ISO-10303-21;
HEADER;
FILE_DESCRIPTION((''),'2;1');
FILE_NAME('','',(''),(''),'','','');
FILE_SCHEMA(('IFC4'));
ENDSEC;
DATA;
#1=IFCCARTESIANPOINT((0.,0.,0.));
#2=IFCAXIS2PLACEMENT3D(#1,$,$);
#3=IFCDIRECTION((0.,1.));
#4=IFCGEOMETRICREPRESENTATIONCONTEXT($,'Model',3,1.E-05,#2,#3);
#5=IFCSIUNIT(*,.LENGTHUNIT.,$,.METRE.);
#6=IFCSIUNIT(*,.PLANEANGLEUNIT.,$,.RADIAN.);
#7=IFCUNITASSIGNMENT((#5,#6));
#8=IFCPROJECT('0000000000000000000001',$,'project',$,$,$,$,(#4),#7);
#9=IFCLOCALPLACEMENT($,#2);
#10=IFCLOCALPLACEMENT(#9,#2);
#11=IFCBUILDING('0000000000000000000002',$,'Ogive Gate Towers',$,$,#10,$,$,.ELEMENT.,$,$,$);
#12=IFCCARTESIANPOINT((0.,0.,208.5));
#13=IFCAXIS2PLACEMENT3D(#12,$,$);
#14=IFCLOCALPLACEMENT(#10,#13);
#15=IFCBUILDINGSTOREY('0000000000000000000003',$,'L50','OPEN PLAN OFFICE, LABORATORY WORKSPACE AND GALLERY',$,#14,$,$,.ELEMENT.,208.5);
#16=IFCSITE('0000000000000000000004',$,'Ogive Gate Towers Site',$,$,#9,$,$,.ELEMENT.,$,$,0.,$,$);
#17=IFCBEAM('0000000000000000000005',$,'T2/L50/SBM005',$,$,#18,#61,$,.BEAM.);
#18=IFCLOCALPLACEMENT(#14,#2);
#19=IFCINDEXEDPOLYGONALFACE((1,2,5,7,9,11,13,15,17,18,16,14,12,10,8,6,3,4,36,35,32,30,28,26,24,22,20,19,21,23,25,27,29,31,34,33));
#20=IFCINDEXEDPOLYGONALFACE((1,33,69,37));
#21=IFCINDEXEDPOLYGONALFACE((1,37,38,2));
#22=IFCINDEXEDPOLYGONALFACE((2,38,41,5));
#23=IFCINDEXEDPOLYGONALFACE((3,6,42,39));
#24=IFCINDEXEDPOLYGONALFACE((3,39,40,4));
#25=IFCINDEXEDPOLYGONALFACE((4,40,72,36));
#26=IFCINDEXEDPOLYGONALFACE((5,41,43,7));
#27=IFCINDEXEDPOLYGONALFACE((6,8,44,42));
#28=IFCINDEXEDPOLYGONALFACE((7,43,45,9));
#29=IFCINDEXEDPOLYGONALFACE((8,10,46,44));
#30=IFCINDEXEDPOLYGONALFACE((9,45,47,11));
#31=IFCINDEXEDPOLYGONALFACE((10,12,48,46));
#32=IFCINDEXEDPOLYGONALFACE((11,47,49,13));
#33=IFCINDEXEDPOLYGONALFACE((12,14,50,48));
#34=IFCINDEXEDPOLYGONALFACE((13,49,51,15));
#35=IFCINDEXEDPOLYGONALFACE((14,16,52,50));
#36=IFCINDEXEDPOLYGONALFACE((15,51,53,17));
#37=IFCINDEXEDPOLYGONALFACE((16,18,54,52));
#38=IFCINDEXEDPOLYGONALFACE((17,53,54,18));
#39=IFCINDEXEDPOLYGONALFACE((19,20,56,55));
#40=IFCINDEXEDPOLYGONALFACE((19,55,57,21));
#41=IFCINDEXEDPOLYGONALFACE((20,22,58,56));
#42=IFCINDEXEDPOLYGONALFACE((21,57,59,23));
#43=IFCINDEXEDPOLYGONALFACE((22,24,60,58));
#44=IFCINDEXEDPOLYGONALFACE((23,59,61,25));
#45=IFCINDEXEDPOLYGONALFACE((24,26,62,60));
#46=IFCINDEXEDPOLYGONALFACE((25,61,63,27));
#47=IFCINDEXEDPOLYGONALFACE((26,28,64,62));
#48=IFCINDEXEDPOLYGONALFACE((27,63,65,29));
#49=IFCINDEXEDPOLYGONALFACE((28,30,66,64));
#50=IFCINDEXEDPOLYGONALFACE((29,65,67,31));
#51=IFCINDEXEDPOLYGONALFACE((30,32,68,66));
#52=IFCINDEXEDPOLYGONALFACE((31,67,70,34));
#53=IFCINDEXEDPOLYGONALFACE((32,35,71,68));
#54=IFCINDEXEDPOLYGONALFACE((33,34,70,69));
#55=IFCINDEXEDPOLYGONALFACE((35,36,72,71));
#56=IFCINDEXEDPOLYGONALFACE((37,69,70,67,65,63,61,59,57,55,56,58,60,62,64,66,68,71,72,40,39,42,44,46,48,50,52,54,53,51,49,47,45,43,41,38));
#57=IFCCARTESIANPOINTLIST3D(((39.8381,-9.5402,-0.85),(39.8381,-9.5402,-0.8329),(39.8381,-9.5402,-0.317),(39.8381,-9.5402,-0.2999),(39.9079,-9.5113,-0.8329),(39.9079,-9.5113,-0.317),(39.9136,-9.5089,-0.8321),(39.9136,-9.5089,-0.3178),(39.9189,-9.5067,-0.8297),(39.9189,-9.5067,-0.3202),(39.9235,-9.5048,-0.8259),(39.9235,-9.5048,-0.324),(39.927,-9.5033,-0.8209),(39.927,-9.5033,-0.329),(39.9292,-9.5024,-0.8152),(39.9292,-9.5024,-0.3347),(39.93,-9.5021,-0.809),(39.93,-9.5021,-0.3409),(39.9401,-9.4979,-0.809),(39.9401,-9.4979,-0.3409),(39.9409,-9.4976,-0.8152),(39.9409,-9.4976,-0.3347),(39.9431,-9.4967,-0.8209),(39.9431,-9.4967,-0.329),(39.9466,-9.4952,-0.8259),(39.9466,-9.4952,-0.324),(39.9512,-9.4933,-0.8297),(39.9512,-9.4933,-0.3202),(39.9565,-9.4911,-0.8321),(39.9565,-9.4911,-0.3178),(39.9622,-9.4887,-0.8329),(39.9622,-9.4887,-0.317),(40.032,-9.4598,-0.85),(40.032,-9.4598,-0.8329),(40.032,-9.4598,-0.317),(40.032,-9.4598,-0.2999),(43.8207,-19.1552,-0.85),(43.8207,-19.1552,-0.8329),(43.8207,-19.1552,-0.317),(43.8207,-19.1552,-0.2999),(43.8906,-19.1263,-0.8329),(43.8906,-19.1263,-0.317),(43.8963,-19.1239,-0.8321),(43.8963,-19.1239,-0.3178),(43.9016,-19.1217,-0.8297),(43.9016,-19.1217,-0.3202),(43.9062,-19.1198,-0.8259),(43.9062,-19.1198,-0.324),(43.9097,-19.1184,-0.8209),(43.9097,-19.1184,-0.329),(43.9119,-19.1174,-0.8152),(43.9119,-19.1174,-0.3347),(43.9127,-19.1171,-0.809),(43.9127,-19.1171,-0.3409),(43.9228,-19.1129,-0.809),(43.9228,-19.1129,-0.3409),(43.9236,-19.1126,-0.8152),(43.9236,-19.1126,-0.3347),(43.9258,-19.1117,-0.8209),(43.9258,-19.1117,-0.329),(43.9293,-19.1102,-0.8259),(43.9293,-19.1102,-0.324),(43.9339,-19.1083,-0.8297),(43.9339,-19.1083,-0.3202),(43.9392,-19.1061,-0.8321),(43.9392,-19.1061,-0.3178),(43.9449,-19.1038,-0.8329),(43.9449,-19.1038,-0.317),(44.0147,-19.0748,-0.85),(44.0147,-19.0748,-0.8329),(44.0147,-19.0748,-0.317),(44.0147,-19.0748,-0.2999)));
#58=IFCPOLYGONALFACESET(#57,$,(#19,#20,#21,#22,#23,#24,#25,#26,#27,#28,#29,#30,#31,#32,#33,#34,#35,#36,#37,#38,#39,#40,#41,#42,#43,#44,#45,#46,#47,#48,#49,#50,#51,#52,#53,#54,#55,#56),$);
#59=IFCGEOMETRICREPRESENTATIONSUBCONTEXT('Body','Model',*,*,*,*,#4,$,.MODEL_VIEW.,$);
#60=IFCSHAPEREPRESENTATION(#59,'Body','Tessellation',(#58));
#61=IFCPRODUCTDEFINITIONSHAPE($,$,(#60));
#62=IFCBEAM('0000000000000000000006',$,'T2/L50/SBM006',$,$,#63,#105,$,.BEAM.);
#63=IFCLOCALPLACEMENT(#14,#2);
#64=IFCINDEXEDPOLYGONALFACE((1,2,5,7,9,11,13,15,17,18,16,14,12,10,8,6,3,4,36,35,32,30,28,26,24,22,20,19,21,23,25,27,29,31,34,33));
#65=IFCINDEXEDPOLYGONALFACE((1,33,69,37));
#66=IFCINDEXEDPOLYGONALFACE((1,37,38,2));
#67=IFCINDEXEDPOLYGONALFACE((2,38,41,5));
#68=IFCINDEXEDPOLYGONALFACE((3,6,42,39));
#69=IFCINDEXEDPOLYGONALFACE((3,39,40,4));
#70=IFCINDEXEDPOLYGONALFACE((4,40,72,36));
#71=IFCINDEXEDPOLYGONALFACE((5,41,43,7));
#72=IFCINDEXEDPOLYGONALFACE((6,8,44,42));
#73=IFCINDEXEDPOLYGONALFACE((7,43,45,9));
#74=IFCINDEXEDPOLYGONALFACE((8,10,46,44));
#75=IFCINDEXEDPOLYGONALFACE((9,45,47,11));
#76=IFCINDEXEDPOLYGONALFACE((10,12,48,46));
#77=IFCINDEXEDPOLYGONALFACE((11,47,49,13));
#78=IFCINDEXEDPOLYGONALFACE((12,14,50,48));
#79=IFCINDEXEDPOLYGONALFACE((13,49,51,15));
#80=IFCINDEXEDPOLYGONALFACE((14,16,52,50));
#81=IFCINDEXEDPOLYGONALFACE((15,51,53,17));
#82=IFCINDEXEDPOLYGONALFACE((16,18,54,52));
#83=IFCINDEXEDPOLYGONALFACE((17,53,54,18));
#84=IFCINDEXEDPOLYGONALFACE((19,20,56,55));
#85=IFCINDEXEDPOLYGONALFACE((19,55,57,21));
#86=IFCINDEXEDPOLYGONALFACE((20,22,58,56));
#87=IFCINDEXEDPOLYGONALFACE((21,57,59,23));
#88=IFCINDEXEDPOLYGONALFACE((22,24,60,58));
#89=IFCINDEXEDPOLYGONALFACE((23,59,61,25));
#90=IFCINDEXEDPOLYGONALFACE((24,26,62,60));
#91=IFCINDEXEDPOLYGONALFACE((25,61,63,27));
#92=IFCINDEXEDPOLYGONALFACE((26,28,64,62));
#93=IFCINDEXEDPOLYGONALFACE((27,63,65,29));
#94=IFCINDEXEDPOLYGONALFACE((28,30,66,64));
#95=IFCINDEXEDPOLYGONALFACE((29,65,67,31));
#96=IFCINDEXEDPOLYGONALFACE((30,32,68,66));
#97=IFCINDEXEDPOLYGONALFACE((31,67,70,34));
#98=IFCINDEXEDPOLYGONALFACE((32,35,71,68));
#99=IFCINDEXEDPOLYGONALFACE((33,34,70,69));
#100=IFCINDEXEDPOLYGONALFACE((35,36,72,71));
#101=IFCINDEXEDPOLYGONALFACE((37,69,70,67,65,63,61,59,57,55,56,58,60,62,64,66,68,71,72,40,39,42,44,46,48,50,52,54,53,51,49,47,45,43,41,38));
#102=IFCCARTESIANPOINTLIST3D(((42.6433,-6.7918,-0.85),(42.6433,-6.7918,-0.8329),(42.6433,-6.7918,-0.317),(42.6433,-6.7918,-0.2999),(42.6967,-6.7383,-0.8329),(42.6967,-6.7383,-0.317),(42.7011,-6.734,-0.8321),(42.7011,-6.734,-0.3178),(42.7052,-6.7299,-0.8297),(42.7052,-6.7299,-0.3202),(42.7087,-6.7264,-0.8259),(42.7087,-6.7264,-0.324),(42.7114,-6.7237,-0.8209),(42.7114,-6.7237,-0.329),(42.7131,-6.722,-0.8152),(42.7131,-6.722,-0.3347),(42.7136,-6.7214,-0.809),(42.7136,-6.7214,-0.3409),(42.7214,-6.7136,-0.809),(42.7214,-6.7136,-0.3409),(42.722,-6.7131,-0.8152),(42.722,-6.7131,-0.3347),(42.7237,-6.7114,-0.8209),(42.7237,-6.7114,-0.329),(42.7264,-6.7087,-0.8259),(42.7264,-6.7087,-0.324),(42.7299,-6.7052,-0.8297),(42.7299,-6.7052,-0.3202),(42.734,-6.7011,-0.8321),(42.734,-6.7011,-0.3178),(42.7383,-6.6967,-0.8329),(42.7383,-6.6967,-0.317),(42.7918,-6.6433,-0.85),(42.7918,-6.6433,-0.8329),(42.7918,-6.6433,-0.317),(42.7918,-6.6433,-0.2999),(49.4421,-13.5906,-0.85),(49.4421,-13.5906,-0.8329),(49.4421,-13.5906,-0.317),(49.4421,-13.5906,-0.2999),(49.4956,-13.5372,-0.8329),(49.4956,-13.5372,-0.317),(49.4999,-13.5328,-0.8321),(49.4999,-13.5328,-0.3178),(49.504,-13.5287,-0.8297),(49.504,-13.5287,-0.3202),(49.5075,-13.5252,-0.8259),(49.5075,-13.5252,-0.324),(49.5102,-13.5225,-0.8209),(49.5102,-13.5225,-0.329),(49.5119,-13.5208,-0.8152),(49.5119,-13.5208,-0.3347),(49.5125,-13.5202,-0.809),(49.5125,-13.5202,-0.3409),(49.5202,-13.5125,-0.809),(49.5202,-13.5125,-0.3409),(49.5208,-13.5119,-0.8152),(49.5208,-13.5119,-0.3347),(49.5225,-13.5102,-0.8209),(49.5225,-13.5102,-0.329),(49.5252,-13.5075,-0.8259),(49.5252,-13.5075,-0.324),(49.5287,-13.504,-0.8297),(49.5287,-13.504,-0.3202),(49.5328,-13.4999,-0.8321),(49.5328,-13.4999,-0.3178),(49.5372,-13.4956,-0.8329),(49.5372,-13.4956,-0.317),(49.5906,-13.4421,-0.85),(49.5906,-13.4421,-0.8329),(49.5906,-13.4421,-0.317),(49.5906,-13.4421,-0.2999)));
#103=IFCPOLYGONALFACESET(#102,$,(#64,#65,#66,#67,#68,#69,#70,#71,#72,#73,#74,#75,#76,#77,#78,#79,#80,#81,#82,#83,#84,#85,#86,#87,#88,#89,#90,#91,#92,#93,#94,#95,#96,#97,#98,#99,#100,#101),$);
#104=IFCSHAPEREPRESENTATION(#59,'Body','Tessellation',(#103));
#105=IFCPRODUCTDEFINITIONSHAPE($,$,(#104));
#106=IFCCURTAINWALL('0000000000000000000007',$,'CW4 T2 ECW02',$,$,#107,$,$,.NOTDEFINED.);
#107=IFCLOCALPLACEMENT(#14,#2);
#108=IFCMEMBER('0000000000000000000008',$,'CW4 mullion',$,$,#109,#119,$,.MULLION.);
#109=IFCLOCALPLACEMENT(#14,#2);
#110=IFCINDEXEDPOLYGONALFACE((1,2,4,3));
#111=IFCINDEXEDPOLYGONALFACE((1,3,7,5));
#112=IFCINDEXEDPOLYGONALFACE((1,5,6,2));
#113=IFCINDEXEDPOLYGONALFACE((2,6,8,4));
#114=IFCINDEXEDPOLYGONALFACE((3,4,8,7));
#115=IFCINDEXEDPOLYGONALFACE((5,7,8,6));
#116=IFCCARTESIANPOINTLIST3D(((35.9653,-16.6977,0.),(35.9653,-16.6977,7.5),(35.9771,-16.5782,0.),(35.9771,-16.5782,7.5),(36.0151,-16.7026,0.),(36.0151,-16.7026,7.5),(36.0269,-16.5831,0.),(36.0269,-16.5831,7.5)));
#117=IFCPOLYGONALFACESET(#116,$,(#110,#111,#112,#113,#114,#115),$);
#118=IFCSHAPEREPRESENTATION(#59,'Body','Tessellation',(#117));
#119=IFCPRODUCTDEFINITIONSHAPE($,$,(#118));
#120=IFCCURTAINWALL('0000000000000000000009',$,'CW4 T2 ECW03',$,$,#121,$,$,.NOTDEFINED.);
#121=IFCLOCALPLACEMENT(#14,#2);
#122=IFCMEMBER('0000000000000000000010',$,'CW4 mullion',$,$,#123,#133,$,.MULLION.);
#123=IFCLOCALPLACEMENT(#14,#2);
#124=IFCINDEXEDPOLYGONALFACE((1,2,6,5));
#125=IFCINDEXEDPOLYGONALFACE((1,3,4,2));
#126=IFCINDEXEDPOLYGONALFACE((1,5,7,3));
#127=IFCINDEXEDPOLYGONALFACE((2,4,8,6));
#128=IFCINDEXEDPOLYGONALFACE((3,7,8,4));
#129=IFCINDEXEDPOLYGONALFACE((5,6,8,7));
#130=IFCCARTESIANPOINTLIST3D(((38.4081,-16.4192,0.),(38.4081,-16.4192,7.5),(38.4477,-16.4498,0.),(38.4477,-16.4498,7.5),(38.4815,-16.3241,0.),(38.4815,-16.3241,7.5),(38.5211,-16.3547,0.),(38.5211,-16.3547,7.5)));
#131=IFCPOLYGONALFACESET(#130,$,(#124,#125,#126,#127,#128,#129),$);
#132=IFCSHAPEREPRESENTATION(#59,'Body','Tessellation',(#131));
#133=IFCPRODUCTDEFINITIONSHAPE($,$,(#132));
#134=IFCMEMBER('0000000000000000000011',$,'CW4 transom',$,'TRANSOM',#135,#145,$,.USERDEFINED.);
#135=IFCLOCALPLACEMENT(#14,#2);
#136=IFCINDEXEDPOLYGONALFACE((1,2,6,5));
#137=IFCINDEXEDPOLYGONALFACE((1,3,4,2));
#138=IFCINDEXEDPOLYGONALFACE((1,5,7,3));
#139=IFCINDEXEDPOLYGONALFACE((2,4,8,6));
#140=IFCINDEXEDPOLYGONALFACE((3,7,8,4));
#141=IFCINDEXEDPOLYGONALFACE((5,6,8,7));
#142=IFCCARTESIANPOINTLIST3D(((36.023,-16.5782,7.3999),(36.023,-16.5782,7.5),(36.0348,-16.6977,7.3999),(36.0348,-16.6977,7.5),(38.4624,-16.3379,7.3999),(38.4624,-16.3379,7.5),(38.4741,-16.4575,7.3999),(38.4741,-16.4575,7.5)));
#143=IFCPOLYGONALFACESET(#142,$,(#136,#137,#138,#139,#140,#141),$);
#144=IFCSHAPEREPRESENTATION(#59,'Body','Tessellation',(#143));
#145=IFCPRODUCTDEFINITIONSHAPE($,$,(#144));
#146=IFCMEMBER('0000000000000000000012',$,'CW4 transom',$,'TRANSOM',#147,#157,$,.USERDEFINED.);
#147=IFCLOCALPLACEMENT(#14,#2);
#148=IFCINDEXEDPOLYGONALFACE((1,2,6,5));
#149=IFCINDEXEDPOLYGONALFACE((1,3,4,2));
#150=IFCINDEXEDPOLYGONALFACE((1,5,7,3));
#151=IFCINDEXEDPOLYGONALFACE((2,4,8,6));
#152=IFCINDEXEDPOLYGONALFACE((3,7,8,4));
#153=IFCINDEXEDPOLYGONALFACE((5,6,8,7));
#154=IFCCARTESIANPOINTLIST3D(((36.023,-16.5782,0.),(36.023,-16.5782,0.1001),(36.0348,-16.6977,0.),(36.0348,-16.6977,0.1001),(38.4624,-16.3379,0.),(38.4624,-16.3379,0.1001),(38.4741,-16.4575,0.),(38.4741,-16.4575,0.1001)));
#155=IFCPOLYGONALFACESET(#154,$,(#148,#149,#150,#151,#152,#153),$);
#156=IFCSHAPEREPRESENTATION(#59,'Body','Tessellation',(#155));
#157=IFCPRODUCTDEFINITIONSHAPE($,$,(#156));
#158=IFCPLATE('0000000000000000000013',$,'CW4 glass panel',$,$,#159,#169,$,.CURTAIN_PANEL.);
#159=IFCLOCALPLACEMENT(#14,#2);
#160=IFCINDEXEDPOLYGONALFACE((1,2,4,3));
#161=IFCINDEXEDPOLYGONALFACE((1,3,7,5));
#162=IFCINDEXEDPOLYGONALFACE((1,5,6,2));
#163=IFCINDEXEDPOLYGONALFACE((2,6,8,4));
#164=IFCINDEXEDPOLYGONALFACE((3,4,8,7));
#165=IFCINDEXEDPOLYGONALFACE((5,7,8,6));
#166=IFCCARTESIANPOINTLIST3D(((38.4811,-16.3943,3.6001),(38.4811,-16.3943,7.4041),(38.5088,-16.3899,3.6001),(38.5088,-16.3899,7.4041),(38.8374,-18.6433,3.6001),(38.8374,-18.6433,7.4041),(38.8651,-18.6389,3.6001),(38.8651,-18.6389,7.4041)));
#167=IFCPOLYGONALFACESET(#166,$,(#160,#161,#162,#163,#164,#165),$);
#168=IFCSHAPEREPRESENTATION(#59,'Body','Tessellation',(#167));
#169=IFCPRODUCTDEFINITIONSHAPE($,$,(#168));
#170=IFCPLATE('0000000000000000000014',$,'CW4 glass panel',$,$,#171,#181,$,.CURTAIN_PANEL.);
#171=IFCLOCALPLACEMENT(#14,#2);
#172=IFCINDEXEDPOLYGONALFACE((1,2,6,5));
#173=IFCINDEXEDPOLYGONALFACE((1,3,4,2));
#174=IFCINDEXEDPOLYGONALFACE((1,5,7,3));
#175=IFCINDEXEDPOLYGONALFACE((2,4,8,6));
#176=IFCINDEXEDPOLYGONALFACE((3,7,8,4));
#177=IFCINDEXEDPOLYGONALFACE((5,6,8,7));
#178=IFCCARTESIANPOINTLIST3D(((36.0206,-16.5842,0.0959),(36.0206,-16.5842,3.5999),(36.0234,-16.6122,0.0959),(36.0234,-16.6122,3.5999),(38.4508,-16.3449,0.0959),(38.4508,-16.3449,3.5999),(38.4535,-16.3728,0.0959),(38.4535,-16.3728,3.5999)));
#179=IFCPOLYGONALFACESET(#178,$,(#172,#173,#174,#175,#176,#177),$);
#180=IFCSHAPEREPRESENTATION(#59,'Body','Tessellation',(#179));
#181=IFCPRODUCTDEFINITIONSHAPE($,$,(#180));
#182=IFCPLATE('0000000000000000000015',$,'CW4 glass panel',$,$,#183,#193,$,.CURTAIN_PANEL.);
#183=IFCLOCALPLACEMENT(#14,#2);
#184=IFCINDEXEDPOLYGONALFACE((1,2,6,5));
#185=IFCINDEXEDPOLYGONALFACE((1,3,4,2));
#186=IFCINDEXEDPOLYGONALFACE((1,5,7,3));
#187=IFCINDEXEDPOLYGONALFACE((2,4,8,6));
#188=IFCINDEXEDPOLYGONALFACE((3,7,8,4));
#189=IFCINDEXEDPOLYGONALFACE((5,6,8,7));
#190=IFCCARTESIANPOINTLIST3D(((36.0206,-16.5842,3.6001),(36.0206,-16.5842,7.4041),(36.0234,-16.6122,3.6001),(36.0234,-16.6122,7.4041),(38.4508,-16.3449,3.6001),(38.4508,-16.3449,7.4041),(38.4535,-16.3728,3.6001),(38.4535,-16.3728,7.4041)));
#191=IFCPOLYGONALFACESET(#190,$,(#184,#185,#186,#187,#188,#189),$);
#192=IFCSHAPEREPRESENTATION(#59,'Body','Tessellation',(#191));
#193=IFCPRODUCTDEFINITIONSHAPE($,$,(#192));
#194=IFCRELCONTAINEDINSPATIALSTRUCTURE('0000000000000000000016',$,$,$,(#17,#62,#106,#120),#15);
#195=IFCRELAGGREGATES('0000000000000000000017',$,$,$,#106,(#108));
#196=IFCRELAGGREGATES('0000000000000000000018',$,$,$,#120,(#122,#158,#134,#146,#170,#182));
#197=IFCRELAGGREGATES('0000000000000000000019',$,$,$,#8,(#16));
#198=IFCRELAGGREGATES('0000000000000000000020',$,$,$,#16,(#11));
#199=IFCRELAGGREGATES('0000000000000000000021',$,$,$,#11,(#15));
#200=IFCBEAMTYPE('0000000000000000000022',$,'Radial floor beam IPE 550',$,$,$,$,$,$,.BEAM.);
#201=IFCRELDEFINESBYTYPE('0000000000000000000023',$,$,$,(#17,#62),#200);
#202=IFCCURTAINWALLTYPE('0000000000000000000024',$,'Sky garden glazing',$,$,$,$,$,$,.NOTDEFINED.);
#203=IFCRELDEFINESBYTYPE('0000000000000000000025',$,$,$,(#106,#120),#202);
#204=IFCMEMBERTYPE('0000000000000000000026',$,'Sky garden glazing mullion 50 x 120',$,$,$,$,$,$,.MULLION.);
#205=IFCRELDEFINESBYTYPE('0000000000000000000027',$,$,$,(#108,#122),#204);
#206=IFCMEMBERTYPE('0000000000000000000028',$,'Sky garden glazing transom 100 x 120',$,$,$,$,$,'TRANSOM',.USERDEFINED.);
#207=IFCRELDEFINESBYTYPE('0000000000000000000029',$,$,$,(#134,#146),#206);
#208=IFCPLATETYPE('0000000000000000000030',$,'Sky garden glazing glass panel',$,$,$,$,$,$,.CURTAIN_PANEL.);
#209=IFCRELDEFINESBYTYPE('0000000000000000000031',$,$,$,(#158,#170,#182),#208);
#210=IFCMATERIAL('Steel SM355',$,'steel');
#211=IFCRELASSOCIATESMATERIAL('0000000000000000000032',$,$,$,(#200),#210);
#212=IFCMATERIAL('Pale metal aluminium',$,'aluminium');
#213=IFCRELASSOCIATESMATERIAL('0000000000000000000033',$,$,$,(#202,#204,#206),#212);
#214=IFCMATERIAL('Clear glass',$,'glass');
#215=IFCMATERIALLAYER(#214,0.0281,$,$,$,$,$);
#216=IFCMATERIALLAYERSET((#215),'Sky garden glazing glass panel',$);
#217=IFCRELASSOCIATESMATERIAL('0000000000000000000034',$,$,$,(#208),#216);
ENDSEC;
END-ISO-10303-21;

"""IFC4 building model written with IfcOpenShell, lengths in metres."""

from ifc_helpers import new_model, si_unit, direction, frame, origin, origin_2d, place, context, subcontext, project, spatial, rectangle, i_section, extrude, material, layer, layer_set, material_profile, profile_set, type_object, element, aggregate, save


model = new_model("IFC4")

# Units and contexts
model_context = context("Model", 3, precision=1e-05, world=origin(), true_north=direction((0.0, 1.0)))
body_context = subcontext(model_context, "Body", "Model", "MODEL_VIEW")
ifc_project = project(units=[si_unit("LENGTHUNIT", "METRE"), si_unit("PLANEANGLEUNIT", "RADIAN")], contexts=[model_context])

# Site, building, storey
site_placement = place(None, origin())
site = spatial("IfcSite", under=ifc_project, at=site_placement, Name="Ogive Gate Towers Site", CompositionType="ELEMENT", RefElevation=0.0)
building_placement = place(site_placement, origin())
building = spatial("IfcBuilding", under=site, at=building_placement, Name="Ogive Gate Towers", CompositionType="ELEMENT")
storey_placement = place(building_placement, frame((0.0, 0.0, 208.5)))
storey = spatial("IfcBuildingStorey", under=building, at=storey_placement, Name="L50", Description="OPEN PLAN OFFICE, LABORATORY WORKSPACE AND GALLERY", CompositionType="ELEMENT", Elevation=208.5)

# Beams
ifc_material_1 = material(Name="Steel SM355", Category="steel")
ifc_material_profile_1 = material_profile(ifc_material_1, i_section(OverallWidth=0.21, OverallDepth=0.55, WebThickness=0.011, FlangeThickness=0.0171, FilletRadius=0.0239, at=origin_2d()), Name="IPE 550")
ifc_profile_set_1 = profile_set([ifc_material_profile_1], Name="Steel SM355")
beam_type = type_object("IfcBeamType", Name="Radial floor beam IPE 550", PredefinedType="BEAM", material=ifc_profile_set_1)
beam_1_placement = place(storey_placement, frame((39.9351, -9.5, -0.575), z_axis=(0.382684, -0.923879, 0.0), x_axis=(0.923879, 0.382684, 0.0)))
element("IfcBeam", 1, at=beam_1_placement, inside=storey, type_object=beam_type, Name="T2/L50/SBM005", PredefinedType="BEAM", context=body_context, shape_type="SweptSolid", body=[
    extrude(i_section(OverallWidth=0.21, OverallDepth=0.55, WebThickness=0.011, FlangeThickness=0.0171, FilletRadius=0.0239, at=origin_2d()), origin(), (0.0, 0.0, 1.0), 10.4072),
])
beam_2_placement = place(storey_placement, frame((42.7175, -6.7175, -0.575), z_axis=(0.707107, -0.707107, 0.0), x_axis=(0.707107, 0.707107, 0.0)))
element("IfcBeam", 2, at=beam_2_placement, inside=storey, type_object=beam_type, Name="T2/L50/SBM006", PredefinedType="BEAM", context=body_context, shape_type="SweptSolid", body=[
    extrude(i_section(OverallWidth=0.21, OverallDepth=0.55, WebThickness=0.011, FlangeThickness=0.0171, FilletRadius=0.0239, at=origin_2d()), origin(), (0.0, 0.0, 1.0), 9.615),
])

# Curtain wall, member
ifc_material_2 = material(Name="Pale metal aluminium", Category="aluminium")
curtain_wall_type = type_object("IfcCurtainWallType", Name="Sky garden glazing", PredefinedType="NOTDEFINED", material=ifc_material_2)
curtain_wall_1_placement = place(storey_placement, origin())
curtain_wall_1 = element("IfcCurtainWall", 3, at=curtain_wall_1_placement, inside=storey, type_object=curtain_wall_type, Name="CW4 T2 ECW02", PredefinedType="NOTDEFINED")
ifc_material_profile_2 = material_profile(ifc_material_2, rectangle(XDim=0.1201, YDim=0.05, at=origin_2d()), Name="50 x 120 aluminium box")
ifc_profile_set_2 = profile_set([ifc_material_profile_2], Name="Pale metal aluminium")
member_type_1 = type_object("IfcMemberType", Name="Sky garden glazing mullion 50 x 120", PredefinedType="MULLION", material=ifc_profile_set_2)
member_1_placement = place(storey_placement, frame((35.9961, -16.6404, 0.0), z_axis=(0.0, 0.0, 1.0), x_axis=(0.098017, 0.995185, 0.0)))
member_1 = element("IfcMember", 4, at=member_1_placement, type_object=member_type_1, Name="CW4 mullion", PredefinedType="MULLION", context=body_context, shape_type="SweptSolid", body=[
    extrude(rectangle(XDim=0.1201, YDim=0.05, at=origin_2d()), origin(), (0.0, 0.0, 1.0), 7.5),
])
aggregate(curtain_wall_1, [member_1])

# Curtain wall, members, plates
curtain_wall_2_placement = place(storey_placement, origin())
curtain_wall_2 = element("IfcCurtainWall", 5, at=curtain_wall_2_placement, inside=storey, type_object=curtain_wall_type, Name="CW4 T2 ECW03", PredefinedType="NOTDEFINED")
member_2_placement = place(storey_placement, frame((38.4646, -16.387, 0.0), z_axis=(0.0, 0.0, 1.0), x_axis=(0.611348, 0.791362, 0.0)))
member_2 = element("IfcMember", 6, at=member_2_placement, type_object=member_type_1, Name="CW4 mullion", PredefinedType="MULLION", context=body_context, shape_type="SweptSolid", body=[
    extrude(rectangle(XDim=0.1201, YDim=0.05, at=origin_2d()), origin(), (0.0, 0.0, 1.0), 7.5),
])
ifc_material_profile_3 = material_profile(ifc_material_2, rectangle(XDim=0.1201, YDim=0.1001, at=origin_2d()), Name="100 x 120 aluminium box")
ifc_profile_set_3 = profile_set([ifc_material_profile_3], Name="Pale metal aluminium")
member_type_2 = type_object("IfcMemberType", Name="Sky garden glazing transom 100 x 120", ElementType="TRANSOM", PredefinedType="USERDEFINED", material=ifc_profile_set_3)
member_3_placement = place(storey_placement, frame((38.4683, -16.3977, 7.45), z_axis=(-0.995186, -0.098005, 0.0), x_axis=(0.098005, -0.995186, 0.0)))
member_3 = element("IfcMember", 7, at=member_3_placement, type_object=member_type_2, Name="CW4 transom", ObjectType="TRANSOM", PredefinedType="USERDEFINED", context=body_context, shape_type="SweptSolid", body=[
    extrude(rectangle(XDim=0.1201, YDim=0.1001, at=origin_2d()), origin(), (0.0, 0.0, 1.0), 2.4512),
])
member_4_placement = place(storey_placement, frame((38.4683, -16.3977, 0.05), z_axis=(-0.995186, -0.098005, 0.0), x_axis=(0.098005, -0.995186, 0.0)))
member_4 = element("IfcMember", 8, at=member_4_placement, type_object=member_type_2, Name="CW4 transom", ObjectType="TRANSOM", PredefinedType="USERDEFINED", context=body_context, shape_type="SweptSolid", body=[
    extrude(rectangle(XDim=0.1201, YDim=0.1001, at=origin_2d()), origin(), (0.0, 0.0, 1.0), 2.4512),
])
ifc_material_3 = material(Name="Clear glass", Category="glass")
ifc_layer_1 = layer(ifc_material_3, 0.0281)
ifc_layer_set_1 = layer_set([ifc_layer_1], Name="Sky garden glazing glass panel")
plate_type = type_object("IfcPlateType", Name="Sky garden glazing glass panel", PredefinedType="CURTAIN_PANEL", material=ifc_layer_set_1)
plate_1_placement = place(storey_placement, frame((38.6731, -17.5166, 3.6001), z_axis=(0.0, 0.0, 1.0), x_axis=(-0.156452, 0.987686, 0.0)))
plate_1 = element("IfcPlate", 9, at=plate_1_placement, type_object=plate_type, Name="CW4 glass panel", PredefinedType="CURTAIN_PANEL", context=body_context, shape_type="SweptSolid", body=[
    extrude(rectangle(XDim=2.2771, YDim=0.0281, at=origin_2d()), origin(), (0.0, 0.0, 1.0), 3.804),
])
plate_2_placement = place(storey_placement, frame((37.2371, -16.4785, 0.0959), z_axis=(0.0, 0.0, 1.0), x_axis=(-0.995183, -0.098035, 0.0)))
plate_2 = element("IfcPlate", 10, at=plate_2_placement, type_object=plate_type, Name="CW4 glass panel", PredefinedType="CURTAIN_PANEL", context=body_context, shape_type="SweptSolid", body=[
    extrude(rectangle(XDim=2.4419, YDim=0.0281, at=origin_2d()), origin(), (0.0, 0.0, 1.0), 3.5039),
])
plate_3_placement = place(storey_placement, frame((37.2371, -16.4785, 3.6001), z_axis=(0.0, 0.0, 1.0), x_axis=(-0.995183, -0.098035, 0.0)))
plate_3 = element("IfcPlate", 11, at=plate_3_placement, type_object=plate_type, Name="CW4 glass panel", PredefinedType="CURTAIN_PANEL", context=body_context, shape_type="SweptSolid", body=[
    extrude(rectangle(XDim=2.4419, YDim=0.0281, at=origin_2d()), origin(), (0.0, 0.0, 1.0), 3.804),
])
aggregate(curtain_wall_2, [member_2, plate_1, member_3, member_4, plate_2, plate_3])

save(model, "model.ifc")
